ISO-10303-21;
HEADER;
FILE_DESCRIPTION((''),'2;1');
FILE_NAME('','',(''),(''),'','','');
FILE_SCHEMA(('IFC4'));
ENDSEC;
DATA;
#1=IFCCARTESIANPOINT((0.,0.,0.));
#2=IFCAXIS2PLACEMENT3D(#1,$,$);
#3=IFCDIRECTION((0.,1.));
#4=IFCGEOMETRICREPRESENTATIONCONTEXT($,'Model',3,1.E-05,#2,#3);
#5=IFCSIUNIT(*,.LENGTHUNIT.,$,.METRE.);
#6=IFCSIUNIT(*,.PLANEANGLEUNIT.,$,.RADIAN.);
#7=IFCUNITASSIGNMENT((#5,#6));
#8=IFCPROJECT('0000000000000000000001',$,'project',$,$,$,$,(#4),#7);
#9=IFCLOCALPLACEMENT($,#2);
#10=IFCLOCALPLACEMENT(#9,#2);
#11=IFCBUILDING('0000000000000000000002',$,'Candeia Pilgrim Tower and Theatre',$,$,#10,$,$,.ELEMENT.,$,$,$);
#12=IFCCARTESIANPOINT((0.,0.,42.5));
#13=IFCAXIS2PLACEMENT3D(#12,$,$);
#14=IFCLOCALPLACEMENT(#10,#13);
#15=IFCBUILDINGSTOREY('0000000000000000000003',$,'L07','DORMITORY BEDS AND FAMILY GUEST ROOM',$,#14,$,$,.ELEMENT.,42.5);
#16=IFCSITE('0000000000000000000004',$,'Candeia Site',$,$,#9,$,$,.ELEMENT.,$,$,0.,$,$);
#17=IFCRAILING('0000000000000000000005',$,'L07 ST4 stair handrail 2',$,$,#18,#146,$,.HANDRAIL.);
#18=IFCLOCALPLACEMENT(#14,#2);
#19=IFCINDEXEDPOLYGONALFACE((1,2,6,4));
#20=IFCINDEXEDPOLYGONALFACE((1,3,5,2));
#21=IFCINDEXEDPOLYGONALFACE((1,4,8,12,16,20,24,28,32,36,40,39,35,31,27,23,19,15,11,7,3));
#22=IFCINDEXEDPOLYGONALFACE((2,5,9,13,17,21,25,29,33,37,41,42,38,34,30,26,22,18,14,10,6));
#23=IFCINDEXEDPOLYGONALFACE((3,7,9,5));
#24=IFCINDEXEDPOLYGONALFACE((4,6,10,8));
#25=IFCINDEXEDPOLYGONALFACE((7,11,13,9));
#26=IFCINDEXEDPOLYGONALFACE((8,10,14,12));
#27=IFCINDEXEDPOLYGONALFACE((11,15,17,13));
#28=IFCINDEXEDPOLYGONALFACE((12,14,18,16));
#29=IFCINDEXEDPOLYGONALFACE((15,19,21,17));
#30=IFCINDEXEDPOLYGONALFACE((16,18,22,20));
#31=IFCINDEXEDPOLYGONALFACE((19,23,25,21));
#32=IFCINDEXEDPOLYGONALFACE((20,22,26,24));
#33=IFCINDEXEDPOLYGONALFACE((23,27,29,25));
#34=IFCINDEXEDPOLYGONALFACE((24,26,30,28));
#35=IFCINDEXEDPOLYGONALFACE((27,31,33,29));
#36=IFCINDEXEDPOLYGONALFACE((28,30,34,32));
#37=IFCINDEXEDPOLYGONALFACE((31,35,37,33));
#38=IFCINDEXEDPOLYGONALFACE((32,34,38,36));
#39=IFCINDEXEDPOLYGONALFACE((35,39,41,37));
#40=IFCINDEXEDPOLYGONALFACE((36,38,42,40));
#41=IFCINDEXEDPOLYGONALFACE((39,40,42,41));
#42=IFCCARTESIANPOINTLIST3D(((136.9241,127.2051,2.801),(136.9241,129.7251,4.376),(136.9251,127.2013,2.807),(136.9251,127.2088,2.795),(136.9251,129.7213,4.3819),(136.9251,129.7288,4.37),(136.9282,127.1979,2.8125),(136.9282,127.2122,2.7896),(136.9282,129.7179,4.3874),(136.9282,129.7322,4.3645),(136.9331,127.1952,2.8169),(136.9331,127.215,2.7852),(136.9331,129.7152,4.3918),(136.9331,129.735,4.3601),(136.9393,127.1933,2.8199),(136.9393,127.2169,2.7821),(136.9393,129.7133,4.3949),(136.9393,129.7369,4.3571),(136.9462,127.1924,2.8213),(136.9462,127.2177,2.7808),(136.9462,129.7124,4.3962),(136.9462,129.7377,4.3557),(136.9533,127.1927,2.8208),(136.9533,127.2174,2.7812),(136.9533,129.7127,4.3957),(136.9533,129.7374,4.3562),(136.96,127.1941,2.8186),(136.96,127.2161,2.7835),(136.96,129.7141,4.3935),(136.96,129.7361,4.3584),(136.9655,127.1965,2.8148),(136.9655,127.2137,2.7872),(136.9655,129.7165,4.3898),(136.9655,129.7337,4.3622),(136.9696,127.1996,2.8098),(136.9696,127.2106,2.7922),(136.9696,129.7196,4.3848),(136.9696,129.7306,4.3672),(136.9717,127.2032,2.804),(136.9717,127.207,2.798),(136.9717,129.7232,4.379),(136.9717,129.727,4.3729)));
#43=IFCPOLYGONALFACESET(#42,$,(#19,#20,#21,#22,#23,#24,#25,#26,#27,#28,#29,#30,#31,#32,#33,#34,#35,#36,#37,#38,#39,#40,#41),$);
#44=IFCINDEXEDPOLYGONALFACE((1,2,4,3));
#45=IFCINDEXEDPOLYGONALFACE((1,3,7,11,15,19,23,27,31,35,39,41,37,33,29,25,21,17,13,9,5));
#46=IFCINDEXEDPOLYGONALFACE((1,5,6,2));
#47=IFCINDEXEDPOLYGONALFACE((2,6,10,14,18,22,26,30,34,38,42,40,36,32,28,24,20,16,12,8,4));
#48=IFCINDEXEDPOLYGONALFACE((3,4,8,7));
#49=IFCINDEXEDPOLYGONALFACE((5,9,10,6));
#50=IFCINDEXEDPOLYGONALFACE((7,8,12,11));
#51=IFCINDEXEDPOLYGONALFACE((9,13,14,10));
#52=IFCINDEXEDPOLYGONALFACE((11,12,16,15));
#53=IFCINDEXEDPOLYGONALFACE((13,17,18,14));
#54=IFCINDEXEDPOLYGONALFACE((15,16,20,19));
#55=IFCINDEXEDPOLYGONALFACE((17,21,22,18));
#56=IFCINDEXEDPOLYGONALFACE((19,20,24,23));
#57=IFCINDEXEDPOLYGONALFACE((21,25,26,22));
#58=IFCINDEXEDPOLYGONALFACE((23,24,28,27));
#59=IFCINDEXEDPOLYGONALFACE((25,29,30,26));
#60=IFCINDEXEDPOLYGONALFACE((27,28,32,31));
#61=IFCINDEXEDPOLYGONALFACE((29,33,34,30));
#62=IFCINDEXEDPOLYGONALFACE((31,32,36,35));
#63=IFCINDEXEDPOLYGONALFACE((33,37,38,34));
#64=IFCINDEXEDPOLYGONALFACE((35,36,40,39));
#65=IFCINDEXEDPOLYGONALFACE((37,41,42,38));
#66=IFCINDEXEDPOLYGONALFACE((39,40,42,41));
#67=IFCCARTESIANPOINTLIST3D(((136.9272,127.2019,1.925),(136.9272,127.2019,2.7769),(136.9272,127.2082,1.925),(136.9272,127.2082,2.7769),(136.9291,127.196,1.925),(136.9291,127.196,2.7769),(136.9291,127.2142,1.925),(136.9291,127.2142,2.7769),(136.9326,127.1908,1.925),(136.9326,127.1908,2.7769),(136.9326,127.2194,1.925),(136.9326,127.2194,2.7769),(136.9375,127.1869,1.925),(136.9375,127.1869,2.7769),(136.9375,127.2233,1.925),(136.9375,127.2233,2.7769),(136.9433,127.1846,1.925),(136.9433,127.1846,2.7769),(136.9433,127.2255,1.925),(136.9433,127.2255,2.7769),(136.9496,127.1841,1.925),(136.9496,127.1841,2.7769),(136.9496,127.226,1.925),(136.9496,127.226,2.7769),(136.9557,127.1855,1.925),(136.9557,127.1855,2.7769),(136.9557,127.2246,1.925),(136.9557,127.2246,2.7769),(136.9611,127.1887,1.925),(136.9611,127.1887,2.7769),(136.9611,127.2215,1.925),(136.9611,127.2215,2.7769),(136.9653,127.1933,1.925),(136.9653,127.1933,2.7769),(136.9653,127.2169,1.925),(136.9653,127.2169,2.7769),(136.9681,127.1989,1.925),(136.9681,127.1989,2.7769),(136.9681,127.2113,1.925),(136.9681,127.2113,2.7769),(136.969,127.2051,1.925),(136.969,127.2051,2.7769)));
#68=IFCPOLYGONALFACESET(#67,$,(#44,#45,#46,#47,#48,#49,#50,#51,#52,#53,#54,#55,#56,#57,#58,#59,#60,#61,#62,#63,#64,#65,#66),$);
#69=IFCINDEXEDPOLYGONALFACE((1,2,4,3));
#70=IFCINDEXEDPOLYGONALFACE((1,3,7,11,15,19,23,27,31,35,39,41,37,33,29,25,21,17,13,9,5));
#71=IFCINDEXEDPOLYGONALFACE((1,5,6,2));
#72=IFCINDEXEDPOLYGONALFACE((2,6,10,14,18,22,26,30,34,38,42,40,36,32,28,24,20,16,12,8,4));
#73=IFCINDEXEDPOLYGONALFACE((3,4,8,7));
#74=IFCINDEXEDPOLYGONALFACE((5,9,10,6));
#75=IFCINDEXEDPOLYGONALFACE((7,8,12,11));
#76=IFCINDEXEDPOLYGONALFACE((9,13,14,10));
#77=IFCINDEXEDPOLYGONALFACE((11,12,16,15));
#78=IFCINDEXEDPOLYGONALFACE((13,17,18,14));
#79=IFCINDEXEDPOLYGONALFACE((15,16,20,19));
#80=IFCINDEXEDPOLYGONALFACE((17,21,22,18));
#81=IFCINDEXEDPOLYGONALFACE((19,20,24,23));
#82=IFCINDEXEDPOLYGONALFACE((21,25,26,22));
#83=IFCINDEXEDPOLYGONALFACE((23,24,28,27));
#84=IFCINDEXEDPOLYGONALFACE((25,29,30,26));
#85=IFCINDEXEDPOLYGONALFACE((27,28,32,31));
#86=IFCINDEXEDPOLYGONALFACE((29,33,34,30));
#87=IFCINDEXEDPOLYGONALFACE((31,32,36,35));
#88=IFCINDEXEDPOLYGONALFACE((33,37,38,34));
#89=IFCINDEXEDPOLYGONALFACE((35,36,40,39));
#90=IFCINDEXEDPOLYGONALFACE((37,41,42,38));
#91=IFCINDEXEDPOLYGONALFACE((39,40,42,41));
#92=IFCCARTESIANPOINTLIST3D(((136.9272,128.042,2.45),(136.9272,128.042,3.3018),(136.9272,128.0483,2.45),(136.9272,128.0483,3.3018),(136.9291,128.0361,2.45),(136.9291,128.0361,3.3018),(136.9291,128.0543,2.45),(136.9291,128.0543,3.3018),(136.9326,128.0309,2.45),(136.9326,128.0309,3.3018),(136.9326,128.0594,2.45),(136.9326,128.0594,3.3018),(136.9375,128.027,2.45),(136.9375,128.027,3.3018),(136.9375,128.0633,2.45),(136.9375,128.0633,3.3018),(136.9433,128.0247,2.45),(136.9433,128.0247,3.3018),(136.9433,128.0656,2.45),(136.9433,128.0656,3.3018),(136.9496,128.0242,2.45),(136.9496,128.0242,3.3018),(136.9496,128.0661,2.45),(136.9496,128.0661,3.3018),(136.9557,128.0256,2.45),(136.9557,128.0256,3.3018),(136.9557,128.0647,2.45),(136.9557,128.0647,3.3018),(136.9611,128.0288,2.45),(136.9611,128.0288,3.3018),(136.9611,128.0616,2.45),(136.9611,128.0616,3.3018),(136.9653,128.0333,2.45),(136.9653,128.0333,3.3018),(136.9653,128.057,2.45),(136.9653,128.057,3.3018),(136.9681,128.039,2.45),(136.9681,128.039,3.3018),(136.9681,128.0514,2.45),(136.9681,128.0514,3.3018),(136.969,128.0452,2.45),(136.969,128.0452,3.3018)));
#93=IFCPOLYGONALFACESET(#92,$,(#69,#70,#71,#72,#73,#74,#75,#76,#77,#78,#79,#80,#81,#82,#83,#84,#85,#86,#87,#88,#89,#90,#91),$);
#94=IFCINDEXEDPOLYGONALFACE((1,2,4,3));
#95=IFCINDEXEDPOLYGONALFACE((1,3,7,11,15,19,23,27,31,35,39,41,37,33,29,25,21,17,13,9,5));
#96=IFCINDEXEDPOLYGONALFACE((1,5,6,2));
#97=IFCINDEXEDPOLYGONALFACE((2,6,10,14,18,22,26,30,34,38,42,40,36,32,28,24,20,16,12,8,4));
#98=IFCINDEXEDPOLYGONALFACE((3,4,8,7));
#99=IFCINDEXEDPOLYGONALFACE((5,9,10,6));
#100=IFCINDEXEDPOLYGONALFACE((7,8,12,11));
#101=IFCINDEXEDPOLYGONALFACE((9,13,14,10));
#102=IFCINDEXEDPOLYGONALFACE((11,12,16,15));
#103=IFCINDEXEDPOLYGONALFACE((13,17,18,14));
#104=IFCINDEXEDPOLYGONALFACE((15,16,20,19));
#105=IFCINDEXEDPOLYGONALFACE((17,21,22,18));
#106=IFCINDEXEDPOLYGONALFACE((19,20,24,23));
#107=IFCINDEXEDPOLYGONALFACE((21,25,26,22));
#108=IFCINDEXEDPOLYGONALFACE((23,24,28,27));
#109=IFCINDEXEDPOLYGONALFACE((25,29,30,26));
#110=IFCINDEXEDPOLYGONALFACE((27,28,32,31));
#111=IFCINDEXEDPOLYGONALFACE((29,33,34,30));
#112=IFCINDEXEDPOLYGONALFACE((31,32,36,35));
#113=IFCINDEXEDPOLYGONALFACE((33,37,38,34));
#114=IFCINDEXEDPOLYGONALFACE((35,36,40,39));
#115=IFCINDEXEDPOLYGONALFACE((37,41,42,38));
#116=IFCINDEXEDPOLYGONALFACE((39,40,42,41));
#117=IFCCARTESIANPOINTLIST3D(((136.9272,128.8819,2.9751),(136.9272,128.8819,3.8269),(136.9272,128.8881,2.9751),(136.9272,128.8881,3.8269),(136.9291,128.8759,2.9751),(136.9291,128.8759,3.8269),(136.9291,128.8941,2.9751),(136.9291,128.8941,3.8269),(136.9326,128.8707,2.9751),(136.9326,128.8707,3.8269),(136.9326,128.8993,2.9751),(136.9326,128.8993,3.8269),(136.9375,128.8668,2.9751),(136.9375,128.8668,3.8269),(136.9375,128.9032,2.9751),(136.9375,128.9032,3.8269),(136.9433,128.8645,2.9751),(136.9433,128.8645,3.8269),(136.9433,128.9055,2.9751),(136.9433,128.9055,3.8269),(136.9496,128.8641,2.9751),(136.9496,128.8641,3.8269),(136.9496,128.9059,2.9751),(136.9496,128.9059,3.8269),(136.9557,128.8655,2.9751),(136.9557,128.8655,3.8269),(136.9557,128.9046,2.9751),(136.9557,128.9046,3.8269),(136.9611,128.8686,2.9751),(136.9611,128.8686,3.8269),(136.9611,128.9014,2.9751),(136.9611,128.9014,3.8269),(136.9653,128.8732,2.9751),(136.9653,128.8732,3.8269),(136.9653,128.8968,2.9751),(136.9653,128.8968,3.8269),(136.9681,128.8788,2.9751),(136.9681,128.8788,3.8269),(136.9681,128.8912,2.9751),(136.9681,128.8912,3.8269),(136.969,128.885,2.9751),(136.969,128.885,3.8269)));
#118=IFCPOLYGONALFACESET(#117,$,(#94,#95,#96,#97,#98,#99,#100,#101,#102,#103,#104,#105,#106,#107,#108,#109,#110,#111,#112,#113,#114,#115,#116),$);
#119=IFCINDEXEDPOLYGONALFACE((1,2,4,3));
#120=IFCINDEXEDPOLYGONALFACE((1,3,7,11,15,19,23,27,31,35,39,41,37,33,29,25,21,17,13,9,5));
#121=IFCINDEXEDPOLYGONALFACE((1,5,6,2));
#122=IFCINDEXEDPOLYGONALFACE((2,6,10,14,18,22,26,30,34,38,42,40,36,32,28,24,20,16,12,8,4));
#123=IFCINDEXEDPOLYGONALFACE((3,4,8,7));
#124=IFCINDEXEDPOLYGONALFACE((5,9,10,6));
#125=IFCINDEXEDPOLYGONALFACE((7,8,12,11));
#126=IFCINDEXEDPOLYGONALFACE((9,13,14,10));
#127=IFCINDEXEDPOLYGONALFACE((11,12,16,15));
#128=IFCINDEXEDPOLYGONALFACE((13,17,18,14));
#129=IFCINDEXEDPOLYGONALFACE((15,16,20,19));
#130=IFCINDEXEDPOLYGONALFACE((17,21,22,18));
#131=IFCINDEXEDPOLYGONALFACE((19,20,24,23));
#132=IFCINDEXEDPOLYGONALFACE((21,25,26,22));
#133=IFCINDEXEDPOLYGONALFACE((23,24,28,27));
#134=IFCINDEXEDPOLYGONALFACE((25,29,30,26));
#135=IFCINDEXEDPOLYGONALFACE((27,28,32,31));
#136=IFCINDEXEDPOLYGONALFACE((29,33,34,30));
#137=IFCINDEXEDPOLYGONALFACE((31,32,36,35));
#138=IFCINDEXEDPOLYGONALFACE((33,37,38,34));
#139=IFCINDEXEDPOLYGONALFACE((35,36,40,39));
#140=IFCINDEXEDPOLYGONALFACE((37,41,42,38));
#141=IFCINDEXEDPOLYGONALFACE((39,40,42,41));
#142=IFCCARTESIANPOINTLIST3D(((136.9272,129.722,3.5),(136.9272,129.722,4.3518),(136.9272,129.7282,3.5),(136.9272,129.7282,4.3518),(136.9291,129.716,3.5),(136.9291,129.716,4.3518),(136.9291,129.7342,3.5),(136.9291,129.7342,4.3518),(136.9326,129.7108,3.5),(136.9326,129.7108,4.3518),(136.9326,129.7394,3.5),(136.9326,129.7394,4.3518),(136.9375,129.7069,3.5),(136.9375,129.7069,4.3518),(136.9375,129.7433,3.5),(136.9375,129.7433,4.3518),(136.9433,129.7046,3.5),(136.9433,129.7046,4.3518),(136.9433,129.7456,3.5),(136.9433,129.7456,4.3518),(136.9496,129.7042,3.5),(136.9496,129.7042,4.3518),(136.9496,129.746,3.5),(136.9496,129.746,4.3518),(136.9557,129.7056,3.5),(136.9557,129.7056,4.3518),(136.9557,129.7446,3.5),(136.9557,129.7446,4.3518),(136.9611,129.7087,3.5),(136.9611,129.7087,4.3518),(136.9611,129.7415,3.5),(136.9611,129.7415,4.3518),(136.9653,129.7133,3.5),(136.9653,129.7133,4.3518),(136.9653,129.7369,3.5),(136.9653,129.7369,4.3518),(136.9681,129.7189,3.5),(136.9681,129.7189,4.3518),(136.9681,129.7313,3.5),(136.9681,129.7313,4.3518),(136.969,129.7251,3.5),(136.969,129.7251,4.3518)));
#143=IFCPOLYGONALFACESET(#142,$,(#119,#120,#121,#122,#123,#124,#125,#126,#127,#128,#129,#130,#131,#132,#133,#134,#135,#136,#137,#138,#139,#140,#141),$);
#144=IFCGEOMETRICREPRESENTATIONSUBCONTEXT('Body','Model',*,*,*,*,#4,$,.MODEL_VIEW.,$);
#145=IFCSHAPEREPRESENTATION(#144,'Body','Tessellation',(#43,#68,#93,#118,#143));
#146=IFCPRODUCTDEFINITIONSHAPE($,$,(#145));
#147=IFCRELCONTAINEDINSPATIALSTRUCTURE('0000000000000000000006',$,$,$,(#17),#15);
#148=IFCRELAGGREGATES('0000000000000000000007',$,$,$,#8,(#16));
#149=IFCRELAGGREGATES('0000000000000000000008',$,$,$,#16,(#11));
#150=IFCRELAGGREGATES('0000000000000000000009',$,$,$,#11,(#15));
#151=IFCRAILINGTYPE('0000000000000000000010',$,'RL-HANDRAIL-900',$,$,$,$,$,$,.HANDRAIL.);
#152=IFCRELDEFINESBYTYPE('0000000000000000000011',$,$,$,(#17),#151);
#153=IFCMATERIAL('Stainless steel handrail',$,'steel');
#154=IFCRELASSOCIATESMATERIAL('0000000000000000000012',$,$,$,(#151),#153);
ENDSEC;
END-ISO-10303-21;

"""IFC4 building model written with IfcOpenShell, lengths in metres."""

from ifc_helpers import new_model, si_unit, direction, frame, origin, origin_2d, place, context, subcontext, project, spatial, circle, extrude, material, type_object, element, save


model = new_model("IFC4")

# Units and contexts
model_context = context("Model", 3, precision=1e-05, world=origin(), true_north=direction((0.0, 1.0)))
body_context = subcontext(model_context, "Body", "Model", "MODEL_VIEW")
ifc_project = project(units=[si_unit("LENGTHUNIT", "METRE"), si_unit("PLANEANGLEUNIT", "RADIAN")], contexts=[model_context])

# Site, building, storey
site_placement = place(None, origin())
site = spatial("IfcSite", under=ifc_project, at=site_placement, Name="Candeia Site", CompositionType="ELEMENT", RefElevation=0.0)
building_placement = place(site_placement, origin())
building = spatial("IfcBuilding", under=site, at=building_placement, Name="Candeia Pilgrim Tower and Theatre", CompositionType="ELEMENT")
storey_placement = place(building_placement, frame((0.0, 0.0, 42.5)))
storey = spatial("IfcBuildingStorey", under=building, at=storey_placement, Name="L07", Description="DORMITORY BEDS AND FAMILY GUEST ROOM", CompositionType="ELEMENT", Elevation=42.5)

# Railing
ifc_material_1 = material(Name="Stainless steel handrail", Category="steel")
railing_type_1 = type_object("IfcRailingType", Name="RL-HANDRAIL-900", PredefinedType="HANDRAIL", material=ifc_material_1)
railing_1_placement = place(storey_placement, frame((136.948, 127.2051, 1.925)))
element("IfcRailing", 1, at=railing_1_placement, inside=storey, type_object=railing_type_1, Name="L07 ST4 stair handrail 2", PredefinedType="HANDRAIL", context=body_context, shape_type="SweptSolid", body=[
    extrude(circle(Radius=0.0239, at=origin_2d()), frame((0.0, 0.0, 0.876), z_axis=(0.0, 0.848008, 0.529984), x_axis=(-1.0, 0.0, 0.0)), (0.0, 0.0, 1.0), 2.9717),
    extrude(circle(Radius=0.021, at=origin_2d()), origin(), (0.0, 0.0, 1.0), 0.8518),
    extrude(circle(Radius=0.021, at=origin_2d()), frame((0.0, 0.8401, 0.5249)), (0.0, 0.0, 1.0), 0.8518),
    extrude(circle(Radius=0.021, at=origin_2d()), frame((0.0, 1.6799, 1.05)), (0.0, 0.0, 1.0), 0.8518),
    extrude(circle(Radius=0.021, at=origin_2d()), frame((0.0, 2.52, 1.575)), (0.0, 0.0, 1.0), 0.8518),
])

save(model, "model.ifc")
